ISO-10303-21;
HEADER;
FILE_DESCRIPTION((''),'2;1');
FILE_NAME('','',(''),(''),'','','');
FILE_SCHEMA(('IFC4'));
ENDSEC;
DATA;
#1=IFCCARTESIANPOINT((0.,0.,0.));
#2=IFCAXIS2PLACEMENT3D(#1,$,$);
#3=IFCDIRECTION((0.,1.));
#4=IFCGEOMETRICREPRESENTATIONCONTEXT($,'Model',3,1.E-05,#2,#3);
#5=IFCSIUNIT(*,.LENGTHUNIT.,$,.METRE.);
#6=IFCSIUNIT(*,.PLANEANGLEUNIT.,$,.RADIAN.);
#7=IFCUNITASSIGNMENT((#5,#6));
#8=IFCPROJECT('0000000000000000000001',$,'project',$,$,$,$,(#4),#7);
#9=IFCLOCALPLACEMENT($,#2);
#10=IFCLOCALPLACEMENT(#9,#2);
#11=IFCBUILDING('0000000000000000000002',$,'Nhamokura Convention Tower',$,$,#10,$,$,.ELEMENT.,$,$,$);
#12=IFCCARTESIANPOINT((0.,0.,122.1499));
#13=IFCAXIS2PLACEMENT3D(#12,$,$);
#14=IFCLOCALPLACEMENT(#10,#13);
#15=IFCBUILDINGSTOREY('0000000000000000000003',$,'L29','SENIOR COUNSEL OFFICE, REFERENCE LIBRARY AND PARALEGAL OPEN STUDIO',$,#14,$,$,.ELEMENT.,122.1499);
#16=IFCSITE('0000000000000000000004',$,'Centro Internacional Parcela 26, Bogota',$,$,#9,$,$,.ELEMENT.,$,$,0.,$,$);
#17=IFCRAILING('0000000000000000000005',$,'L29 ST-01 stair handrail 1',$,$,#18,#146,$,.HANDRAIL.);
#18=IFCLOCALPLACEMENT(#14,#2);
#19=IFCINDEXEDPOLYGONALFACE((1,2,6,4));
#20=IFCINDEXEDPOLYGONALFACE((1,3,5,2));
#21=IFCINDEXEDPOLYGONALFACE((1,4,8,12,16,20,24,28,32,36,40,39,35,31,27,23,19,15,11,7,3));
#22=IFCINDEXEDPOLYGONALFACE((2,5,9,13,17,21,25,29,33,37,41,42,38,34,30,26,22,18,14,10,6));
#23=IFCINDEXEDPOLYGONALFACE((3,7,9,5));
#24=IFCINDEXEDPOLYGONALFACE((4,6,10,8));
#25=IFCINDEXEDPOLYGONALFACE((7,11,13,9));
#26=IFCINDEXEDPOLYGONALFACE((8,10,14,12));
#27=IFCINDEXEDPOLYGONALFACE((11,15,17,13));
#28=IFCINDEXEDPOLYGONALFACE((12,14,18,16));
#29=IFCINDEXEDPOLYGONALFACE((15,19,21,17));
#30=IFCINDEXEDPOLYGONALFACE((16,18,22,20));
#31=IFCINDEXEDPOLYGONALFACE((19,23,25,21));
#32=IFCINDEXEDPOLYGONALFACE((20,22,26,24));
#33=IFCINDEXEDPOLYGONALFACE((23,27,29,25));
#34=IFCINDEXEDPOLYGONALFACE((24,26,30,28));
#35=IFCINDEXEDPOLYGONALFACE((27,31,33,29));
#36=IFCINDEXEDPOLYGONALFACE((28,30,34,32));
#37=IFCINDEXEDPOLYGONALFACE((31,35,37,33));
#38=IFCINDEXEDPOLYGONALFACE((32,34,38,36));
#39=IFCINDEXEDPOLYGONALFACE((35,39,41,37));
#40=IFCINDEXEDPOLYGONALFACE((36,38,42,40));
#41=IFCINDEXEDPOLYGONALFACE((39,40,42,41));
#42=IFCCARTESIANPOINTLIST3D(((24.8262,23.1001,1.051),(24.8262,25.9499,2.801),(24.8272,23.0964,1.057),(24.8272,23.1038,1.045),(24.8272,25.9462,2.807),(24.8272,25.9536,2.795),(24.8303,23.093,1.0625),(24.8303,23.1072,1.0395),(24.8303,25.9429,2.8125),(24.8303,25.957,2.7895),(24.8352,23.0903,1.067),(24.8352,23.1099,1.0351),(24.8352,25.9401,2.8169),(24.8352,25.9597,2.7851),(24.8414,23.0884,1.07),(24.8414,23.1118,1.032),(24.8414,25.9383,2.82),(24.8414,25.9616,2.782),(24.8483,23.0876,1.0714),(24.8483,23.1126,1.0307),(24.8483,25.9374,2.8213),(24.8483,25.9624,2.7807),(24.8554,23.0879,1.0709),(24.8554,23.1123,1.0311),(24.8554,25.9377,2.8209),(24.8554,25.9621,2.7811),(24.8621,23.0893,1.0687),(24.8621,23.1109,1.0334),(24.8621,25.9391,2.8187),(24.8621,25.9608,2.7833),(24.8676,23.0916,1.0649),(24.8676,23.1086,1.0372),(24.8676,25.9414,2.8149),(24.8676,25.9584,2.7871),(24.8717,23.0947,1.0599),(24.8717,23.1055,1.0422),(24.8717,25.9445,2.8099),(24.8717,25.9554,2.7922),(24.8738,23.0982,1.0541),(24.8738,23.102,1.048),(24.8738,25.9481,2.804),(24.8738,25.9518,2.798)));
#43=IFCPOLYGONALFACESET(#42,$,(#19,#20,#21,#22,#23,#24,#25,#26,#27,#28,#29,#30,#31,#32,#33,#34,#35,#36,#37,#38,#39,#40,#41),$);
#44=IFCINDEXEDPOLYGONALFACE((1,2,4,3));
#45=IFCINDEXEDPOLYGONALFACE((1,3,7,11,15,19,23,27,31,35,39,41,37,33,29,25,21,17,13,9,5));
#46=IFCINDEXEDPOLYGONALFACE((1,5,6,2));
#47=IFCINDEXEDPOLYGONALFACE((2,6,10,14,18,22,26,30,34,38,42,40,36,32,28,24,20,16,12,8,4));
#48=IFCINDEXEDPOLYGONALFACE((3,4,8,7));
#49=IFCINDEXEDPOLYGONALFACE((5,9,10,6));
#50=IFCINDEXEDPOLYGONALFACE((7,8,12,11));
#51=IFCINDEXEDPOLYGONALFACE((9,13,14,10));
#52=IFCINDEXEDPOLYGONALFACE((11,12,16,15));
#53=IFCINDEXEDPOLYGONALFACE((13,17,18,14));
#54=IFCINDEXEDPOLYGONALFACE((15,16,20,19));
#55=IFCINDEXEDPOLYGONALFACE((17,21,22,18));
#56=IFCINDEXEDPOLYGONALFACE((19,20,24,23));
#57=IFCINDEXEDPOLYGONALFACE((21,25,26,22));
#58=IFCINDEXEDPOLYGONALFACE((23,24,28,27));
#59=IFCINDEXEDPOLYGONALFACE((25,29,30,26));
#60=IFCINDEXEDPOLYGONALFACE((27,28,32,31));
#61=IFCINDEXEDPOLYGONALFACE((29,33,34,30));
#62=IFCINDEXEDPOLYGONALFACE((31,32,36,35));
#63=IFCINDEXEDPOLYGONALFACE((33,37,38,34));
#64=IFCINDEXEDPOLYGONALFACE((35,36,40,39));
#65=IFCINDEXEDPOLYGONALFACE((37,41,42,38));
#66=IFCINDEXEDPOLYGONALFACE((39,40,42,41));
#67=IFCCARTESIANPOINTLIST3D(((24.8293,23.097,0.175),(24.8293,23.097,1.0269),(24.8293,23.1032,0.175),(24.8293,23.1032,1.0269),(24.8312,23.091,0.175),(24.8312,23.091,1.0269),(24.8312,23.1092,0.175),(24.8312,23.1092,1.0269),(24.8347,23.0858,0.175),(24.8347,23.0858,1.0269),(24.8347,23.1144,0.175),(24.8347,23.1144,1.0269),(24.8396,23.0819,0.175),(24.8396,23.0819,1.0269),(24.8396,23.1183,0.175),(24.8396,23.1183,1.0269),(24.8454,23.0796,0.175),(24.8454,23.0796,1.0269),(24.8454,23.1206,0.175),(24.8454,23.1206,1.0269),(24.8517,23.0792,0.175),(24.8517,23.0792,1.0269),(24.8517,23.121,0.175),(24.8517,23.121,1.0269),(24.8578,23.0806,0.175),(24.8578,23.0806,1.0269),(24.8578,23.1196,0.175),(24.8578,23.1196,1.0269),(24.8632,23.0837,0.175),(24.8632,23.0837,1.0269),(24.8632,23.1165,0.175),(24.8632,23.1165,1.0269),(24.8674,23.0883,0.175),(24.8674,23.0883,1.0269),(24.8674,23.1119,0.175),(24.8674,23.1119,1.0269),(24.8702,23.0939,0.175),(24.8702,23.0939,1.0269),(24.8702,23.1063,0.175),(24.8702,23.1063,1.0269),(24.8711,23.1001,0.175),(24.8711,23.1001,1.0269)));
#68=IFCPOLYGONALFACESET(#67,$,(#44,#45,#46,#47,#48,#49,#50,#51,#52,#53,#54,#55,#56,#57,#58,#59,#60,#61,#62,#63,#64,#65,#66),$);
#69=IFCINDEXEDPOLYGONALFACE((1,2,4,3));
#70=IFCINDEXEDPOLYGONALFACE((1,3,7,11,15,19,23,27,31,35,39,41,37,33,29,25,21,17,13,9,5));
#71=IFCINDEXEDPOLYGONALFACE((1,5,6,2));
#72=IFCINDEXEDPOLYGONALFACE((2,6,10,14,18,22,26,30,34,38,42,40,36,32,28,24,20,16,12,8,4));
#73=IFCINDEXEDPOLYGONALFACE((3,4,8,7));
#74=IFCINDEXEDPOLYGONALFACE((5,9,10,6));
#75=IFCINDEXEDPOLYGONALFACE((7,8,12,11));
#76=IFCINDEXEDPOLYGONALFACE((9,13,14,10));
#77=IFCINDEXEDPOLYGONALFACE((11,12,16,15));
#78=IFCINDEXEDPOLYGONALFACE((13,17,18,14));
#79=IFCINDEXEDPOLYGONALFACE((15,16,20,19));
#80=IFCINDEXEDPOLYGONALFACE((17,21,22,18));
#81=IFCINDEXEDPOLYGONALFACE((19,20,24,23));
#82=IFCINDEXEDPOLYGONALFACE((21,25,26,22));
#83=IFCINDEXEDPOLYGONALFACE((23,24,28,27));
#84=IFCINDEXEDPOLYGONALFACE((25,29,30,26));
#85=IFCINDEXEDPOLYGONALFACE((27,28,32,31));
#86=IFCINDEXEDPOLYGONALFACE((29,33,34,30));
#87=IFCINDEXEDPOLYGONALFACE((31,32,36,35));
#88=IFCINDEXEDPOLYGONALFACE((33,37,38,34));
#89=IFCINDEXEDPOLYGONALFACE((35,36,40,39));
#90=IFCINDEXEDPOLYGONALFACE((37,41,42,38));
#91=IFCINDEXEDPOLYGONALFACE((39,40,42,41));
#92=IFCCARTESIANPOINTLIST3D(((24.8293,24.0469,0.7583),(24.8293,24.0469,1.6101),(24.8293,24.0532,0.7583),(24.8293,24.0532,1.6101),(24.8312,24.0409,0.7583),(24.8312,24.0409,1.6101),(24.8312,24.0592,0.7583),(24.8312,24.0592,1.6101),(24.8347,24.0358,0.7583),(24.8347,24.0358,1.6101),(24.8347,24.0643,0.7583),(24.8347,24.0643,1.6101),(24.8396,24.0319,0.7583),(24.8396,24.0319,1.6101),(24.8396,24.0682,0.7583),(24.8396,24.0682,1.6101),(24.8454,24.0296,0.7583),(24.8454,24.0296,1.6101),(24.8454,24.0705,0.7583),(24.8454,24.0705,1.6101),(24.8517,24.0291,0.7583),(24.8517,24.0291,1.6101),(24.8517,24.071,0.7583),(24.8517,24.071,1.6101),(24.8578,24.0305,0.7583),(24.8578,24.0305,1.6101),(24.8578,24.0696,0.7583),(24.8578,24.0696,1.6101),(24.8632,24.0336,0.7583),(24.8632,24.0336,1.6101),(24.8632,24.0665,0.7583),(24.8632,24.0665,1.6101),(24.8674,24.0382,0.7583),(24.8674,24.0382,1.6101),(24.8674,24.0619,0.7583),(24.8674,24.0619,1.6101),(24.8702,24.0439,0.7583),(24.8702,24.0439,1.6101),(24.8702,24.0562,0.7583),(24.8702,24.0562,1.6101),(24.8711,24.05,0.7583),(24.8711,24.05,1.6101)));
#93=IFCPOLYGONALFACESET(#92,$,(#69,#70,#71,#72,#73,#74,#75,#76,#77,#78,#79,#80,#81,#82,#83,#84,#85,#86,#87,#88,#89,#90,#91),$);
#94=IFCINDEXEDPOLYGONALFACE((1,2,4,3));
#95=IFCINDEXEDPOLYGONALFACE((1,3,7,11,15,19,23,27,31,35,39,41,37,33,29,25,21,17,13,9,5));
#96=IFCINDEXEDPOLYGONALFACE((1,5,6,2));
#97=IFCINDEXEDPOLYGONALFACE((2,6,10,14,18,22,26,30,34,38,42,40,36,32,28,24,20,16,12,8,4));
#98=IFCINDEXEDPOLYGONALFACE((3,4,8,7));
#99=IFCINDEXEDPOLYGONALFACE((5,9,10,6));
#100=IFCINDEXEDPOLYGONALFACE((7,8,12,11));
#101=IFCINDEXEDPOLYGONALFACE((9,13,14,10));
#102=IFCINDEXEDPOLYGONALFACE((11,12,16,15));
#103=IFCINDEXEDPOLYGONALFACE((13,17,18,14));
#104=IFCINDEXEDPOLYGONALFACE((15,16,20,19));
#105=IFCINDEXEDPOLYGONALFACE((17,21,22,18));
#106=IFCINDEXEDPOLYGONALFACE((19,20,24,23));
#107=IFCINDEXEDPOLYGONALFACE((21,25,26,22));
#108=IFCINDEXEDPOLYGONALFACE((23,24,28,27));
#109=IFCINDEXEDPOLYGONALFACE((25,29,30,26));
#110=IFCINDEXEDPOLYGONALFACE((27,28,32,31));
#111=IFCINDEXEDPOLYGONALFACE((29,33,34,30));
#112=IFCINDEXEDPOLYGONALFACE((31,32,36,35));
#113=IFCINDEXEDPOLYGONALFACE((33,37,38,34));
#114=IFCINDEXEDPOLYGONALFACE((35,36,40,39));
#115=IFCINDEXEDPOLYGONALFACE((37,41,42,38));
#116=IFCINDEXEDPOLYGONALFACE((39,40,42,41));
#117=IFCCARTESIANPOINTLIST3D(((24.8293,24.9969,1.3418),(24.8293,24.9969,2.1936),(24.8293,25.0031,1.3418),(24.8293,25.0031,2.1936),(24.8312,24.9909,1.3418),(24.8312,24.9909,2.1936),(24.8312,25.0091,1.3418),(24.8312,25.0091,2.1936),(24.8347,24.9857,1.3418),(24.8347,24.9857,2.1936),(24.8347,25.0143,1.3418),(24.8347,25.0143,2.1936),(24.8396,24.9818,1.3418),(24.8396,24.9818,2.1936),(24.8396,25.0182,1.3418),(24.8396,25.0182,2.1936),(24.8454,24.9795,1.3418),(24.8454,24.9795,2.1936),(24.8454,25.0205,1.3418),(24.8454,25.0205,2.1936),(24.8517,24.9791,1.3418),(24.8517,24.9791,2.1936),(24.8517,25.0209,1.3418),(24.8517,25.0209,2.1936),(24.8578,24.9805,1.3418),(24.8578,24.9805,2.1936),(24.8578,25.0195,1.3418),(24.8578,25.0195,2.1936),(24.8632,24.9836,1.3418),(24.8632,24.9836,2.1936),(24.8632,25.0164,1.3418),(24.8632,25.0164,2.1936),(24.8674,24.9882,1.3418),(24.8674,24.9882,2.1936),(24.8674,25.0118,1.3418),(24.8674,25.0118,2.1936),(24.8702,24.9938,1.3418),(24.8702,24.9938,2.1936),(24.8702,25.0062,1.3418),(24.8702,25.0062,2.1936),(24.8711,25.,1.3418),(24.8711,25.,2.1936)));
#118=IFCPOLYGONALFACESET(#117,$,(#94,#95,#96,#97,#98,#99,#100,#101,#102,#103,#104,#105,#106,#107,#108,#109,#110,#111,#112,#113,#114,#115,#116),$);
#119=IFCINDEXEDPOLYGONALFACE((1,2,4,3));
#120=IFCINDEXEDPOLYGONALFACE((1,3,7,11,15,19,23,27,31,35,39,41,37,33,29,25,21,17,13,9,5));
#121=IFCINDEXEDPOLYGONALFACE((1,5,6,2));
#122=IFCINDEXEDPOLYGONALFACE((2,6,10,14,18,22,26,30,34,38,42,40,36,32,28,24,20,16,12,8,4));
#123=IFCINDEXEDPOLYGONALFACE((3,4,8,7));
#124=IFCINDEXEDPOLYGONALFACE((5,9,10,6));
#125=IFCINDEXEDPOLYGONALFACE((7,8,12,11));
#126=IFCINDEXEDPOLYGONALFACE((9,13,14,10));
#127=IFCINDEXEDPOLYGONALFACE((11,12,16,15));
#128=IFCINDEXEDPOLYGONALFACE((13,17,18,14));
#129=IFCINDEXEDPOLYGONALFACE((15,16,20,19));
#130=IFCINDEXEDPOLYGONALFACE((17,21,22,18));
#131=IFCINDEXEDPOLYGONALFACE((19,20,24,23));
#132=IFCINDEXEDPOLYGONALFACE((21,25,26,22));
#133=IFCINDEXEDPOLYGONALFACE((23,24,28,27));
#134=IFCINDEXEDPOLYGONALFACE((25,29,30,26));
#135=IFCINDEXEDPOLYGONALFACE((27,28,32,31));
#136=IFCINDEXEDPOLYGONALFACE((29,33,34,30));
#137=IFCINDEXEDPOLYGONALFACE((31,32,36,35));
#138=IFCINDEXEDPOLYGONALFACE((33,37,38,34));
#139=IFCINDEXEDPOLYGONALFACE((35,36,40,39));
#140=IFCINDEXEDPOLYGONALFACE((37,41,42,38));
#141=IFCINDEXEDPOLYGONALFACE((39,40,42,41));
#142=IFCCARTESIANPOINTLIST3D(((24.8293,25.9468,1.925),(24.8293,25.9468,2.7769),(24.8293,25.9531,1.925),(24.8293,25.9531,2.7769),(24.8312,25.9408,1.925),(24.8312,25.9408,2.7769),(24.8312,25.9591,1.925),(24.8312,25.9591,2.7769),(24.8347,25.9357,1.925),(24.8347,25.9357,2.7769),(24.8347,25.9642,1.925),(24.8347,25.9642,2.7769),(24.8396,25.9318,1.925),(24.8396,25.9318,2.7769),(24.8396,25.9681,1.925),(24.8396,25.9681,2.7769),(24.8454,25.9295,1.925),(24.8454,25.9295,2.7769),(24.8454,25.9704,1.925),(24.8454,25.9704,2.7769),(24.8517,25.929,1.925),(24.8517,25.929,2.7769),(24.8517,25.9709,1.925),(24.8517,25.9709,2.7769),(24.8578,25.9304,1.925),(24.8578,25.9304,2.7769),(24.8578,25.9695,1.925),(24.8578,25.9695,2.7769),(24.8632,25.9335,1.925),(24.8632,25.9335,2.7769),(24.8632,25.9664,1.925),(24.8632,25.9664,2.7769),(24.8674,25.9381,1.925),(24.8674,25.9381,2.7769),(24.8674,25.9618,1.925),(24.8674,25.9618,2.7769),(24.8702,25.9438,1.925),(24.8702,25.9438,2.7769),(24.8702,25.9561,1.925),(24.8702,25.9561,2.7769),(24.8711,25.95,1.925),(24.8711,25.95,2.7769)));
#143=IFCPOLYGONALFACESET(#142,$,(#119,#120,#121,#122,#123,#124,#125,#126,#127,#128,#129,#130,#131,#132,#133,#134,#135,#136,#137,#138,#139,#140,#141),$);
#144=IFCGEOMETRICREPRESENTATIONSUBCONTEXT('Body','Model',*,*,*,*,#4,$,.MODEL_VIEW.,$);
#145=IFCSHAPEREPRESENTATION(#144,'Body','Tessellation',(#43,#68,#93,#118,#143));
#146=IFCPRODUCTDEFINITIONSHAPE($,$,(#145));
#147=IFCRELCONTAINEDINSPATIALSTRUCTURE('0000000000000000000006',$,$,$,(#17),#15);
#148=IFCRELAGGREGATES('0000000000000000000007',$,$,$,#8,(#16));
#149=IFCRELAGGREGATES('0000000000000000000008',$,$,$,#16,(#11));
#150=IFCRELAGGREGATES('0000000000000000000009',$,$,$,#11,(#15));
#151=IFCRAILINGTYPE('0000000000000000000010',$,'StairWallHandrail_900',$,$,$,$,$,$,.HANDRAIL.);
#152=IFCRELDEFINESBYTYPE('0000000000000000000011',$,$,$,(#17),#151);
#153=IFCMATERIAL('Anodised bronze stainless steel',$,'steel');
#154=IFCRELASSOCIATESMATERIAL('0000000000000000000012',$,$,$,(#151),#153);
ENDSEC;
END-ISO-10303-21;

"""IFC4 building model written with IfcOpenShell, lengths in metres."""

from ifc_helpers import new_model, si_unit, direction, frame, origin, origin_2d, place, context, subcontext, project, spatial, circle, extrude, material, type_object, element, save


model = new_model("IFC4")

# Units and contexts
model_context = context("Model", 3, precision=1e-05, world=origin(), true_north=direction((0.0, 1.0)))
body_context = subcontext(model_context, "Body", "Model", "MODEL_VIEW")
ifc_project = project(units=[si_unit("LENGTHUNIT", "METRE"), si_unit("PLANEANGLEUNIT", "RADIAN")], contexts=[model_context])

# Site, building, storey
site_placement = place(None, origin())
site = spatial("IfcSite", under=ifc_project, at=site_placement, Name="Centro Internacional Parcela 26, Bogota", CompositionType="ELEMENT", RefElevation=0.0)
building_placement = place(site_placement, origin())
building = spatial("IfcBuilding", under=site, at=building_placement, Name="Nhamokura Convention Tower", CompositionType="ELEMENT")
storey_placement = place(building_placement, frame((0.0, 0.0, 122.1499)))
storey = spatial("IfcBuildingStorey", under=building, at=storey_placement, Name="L29", Description="SENIOR COUNSEL OFFICE, REFERENCE LIBRARY AND PARALEGAL OPEN STUDIO", CompositionType="ELEMENT", Elevation=122.1499)

# Railing
ifc_material_1 = material(Name="Anodised bronze stainless steel", Category="steel")
railing_type_1 = type_object("IfcRailingType", Name="StairWallHandrail_900", PredefinedType="HANDRAIL", material=ifc_material_1)
railing_1_placement = place(storey_placement, frame((24.8501, 23.1001, 0.175)))
element("IfcRailing", 1, at=railing_1_placement, inside=storey, type_object=railing_type_1, Name="L29 ST-01 stair handrail 1", PredefinedType="HANDRAIL", context=body_context, shape_type="SweptSolid", body=[
    extrude(circle(Radius=0.0239, at=origin_2d()), frame((0.0, 0.0, 0.876), z_axis=(0.0, 0.852159, 0.523283), x_axis=(-1.0, 0.0, 0.0)), (0.0, 0.0, 1.0), 3.3442),
    extrude(circle(Radius=0.021, at=origin_2d()), origin(), (0.0, 0.0, 1.0), 0.8518),
    extrude(circle(Radius=0.021, at=origin_2d()), frame((0.0, 0.95, 0.5833)), (0.0, 0.0, 1.0), 0.8518),
    extrude(circle(Radius=0.021, at=origin_2d()), frame((0.0, 1.8999, 1.1667)), (0.0, 0.0, 1.0), 0.8518),
    extrude(circle(Radius=0.021, at=origin_2d()), frame((0.0, 2.8499, 1.75)), (0.0, 0.0, 1.0), 0.8518),
])

save(model, "model.ifc")
